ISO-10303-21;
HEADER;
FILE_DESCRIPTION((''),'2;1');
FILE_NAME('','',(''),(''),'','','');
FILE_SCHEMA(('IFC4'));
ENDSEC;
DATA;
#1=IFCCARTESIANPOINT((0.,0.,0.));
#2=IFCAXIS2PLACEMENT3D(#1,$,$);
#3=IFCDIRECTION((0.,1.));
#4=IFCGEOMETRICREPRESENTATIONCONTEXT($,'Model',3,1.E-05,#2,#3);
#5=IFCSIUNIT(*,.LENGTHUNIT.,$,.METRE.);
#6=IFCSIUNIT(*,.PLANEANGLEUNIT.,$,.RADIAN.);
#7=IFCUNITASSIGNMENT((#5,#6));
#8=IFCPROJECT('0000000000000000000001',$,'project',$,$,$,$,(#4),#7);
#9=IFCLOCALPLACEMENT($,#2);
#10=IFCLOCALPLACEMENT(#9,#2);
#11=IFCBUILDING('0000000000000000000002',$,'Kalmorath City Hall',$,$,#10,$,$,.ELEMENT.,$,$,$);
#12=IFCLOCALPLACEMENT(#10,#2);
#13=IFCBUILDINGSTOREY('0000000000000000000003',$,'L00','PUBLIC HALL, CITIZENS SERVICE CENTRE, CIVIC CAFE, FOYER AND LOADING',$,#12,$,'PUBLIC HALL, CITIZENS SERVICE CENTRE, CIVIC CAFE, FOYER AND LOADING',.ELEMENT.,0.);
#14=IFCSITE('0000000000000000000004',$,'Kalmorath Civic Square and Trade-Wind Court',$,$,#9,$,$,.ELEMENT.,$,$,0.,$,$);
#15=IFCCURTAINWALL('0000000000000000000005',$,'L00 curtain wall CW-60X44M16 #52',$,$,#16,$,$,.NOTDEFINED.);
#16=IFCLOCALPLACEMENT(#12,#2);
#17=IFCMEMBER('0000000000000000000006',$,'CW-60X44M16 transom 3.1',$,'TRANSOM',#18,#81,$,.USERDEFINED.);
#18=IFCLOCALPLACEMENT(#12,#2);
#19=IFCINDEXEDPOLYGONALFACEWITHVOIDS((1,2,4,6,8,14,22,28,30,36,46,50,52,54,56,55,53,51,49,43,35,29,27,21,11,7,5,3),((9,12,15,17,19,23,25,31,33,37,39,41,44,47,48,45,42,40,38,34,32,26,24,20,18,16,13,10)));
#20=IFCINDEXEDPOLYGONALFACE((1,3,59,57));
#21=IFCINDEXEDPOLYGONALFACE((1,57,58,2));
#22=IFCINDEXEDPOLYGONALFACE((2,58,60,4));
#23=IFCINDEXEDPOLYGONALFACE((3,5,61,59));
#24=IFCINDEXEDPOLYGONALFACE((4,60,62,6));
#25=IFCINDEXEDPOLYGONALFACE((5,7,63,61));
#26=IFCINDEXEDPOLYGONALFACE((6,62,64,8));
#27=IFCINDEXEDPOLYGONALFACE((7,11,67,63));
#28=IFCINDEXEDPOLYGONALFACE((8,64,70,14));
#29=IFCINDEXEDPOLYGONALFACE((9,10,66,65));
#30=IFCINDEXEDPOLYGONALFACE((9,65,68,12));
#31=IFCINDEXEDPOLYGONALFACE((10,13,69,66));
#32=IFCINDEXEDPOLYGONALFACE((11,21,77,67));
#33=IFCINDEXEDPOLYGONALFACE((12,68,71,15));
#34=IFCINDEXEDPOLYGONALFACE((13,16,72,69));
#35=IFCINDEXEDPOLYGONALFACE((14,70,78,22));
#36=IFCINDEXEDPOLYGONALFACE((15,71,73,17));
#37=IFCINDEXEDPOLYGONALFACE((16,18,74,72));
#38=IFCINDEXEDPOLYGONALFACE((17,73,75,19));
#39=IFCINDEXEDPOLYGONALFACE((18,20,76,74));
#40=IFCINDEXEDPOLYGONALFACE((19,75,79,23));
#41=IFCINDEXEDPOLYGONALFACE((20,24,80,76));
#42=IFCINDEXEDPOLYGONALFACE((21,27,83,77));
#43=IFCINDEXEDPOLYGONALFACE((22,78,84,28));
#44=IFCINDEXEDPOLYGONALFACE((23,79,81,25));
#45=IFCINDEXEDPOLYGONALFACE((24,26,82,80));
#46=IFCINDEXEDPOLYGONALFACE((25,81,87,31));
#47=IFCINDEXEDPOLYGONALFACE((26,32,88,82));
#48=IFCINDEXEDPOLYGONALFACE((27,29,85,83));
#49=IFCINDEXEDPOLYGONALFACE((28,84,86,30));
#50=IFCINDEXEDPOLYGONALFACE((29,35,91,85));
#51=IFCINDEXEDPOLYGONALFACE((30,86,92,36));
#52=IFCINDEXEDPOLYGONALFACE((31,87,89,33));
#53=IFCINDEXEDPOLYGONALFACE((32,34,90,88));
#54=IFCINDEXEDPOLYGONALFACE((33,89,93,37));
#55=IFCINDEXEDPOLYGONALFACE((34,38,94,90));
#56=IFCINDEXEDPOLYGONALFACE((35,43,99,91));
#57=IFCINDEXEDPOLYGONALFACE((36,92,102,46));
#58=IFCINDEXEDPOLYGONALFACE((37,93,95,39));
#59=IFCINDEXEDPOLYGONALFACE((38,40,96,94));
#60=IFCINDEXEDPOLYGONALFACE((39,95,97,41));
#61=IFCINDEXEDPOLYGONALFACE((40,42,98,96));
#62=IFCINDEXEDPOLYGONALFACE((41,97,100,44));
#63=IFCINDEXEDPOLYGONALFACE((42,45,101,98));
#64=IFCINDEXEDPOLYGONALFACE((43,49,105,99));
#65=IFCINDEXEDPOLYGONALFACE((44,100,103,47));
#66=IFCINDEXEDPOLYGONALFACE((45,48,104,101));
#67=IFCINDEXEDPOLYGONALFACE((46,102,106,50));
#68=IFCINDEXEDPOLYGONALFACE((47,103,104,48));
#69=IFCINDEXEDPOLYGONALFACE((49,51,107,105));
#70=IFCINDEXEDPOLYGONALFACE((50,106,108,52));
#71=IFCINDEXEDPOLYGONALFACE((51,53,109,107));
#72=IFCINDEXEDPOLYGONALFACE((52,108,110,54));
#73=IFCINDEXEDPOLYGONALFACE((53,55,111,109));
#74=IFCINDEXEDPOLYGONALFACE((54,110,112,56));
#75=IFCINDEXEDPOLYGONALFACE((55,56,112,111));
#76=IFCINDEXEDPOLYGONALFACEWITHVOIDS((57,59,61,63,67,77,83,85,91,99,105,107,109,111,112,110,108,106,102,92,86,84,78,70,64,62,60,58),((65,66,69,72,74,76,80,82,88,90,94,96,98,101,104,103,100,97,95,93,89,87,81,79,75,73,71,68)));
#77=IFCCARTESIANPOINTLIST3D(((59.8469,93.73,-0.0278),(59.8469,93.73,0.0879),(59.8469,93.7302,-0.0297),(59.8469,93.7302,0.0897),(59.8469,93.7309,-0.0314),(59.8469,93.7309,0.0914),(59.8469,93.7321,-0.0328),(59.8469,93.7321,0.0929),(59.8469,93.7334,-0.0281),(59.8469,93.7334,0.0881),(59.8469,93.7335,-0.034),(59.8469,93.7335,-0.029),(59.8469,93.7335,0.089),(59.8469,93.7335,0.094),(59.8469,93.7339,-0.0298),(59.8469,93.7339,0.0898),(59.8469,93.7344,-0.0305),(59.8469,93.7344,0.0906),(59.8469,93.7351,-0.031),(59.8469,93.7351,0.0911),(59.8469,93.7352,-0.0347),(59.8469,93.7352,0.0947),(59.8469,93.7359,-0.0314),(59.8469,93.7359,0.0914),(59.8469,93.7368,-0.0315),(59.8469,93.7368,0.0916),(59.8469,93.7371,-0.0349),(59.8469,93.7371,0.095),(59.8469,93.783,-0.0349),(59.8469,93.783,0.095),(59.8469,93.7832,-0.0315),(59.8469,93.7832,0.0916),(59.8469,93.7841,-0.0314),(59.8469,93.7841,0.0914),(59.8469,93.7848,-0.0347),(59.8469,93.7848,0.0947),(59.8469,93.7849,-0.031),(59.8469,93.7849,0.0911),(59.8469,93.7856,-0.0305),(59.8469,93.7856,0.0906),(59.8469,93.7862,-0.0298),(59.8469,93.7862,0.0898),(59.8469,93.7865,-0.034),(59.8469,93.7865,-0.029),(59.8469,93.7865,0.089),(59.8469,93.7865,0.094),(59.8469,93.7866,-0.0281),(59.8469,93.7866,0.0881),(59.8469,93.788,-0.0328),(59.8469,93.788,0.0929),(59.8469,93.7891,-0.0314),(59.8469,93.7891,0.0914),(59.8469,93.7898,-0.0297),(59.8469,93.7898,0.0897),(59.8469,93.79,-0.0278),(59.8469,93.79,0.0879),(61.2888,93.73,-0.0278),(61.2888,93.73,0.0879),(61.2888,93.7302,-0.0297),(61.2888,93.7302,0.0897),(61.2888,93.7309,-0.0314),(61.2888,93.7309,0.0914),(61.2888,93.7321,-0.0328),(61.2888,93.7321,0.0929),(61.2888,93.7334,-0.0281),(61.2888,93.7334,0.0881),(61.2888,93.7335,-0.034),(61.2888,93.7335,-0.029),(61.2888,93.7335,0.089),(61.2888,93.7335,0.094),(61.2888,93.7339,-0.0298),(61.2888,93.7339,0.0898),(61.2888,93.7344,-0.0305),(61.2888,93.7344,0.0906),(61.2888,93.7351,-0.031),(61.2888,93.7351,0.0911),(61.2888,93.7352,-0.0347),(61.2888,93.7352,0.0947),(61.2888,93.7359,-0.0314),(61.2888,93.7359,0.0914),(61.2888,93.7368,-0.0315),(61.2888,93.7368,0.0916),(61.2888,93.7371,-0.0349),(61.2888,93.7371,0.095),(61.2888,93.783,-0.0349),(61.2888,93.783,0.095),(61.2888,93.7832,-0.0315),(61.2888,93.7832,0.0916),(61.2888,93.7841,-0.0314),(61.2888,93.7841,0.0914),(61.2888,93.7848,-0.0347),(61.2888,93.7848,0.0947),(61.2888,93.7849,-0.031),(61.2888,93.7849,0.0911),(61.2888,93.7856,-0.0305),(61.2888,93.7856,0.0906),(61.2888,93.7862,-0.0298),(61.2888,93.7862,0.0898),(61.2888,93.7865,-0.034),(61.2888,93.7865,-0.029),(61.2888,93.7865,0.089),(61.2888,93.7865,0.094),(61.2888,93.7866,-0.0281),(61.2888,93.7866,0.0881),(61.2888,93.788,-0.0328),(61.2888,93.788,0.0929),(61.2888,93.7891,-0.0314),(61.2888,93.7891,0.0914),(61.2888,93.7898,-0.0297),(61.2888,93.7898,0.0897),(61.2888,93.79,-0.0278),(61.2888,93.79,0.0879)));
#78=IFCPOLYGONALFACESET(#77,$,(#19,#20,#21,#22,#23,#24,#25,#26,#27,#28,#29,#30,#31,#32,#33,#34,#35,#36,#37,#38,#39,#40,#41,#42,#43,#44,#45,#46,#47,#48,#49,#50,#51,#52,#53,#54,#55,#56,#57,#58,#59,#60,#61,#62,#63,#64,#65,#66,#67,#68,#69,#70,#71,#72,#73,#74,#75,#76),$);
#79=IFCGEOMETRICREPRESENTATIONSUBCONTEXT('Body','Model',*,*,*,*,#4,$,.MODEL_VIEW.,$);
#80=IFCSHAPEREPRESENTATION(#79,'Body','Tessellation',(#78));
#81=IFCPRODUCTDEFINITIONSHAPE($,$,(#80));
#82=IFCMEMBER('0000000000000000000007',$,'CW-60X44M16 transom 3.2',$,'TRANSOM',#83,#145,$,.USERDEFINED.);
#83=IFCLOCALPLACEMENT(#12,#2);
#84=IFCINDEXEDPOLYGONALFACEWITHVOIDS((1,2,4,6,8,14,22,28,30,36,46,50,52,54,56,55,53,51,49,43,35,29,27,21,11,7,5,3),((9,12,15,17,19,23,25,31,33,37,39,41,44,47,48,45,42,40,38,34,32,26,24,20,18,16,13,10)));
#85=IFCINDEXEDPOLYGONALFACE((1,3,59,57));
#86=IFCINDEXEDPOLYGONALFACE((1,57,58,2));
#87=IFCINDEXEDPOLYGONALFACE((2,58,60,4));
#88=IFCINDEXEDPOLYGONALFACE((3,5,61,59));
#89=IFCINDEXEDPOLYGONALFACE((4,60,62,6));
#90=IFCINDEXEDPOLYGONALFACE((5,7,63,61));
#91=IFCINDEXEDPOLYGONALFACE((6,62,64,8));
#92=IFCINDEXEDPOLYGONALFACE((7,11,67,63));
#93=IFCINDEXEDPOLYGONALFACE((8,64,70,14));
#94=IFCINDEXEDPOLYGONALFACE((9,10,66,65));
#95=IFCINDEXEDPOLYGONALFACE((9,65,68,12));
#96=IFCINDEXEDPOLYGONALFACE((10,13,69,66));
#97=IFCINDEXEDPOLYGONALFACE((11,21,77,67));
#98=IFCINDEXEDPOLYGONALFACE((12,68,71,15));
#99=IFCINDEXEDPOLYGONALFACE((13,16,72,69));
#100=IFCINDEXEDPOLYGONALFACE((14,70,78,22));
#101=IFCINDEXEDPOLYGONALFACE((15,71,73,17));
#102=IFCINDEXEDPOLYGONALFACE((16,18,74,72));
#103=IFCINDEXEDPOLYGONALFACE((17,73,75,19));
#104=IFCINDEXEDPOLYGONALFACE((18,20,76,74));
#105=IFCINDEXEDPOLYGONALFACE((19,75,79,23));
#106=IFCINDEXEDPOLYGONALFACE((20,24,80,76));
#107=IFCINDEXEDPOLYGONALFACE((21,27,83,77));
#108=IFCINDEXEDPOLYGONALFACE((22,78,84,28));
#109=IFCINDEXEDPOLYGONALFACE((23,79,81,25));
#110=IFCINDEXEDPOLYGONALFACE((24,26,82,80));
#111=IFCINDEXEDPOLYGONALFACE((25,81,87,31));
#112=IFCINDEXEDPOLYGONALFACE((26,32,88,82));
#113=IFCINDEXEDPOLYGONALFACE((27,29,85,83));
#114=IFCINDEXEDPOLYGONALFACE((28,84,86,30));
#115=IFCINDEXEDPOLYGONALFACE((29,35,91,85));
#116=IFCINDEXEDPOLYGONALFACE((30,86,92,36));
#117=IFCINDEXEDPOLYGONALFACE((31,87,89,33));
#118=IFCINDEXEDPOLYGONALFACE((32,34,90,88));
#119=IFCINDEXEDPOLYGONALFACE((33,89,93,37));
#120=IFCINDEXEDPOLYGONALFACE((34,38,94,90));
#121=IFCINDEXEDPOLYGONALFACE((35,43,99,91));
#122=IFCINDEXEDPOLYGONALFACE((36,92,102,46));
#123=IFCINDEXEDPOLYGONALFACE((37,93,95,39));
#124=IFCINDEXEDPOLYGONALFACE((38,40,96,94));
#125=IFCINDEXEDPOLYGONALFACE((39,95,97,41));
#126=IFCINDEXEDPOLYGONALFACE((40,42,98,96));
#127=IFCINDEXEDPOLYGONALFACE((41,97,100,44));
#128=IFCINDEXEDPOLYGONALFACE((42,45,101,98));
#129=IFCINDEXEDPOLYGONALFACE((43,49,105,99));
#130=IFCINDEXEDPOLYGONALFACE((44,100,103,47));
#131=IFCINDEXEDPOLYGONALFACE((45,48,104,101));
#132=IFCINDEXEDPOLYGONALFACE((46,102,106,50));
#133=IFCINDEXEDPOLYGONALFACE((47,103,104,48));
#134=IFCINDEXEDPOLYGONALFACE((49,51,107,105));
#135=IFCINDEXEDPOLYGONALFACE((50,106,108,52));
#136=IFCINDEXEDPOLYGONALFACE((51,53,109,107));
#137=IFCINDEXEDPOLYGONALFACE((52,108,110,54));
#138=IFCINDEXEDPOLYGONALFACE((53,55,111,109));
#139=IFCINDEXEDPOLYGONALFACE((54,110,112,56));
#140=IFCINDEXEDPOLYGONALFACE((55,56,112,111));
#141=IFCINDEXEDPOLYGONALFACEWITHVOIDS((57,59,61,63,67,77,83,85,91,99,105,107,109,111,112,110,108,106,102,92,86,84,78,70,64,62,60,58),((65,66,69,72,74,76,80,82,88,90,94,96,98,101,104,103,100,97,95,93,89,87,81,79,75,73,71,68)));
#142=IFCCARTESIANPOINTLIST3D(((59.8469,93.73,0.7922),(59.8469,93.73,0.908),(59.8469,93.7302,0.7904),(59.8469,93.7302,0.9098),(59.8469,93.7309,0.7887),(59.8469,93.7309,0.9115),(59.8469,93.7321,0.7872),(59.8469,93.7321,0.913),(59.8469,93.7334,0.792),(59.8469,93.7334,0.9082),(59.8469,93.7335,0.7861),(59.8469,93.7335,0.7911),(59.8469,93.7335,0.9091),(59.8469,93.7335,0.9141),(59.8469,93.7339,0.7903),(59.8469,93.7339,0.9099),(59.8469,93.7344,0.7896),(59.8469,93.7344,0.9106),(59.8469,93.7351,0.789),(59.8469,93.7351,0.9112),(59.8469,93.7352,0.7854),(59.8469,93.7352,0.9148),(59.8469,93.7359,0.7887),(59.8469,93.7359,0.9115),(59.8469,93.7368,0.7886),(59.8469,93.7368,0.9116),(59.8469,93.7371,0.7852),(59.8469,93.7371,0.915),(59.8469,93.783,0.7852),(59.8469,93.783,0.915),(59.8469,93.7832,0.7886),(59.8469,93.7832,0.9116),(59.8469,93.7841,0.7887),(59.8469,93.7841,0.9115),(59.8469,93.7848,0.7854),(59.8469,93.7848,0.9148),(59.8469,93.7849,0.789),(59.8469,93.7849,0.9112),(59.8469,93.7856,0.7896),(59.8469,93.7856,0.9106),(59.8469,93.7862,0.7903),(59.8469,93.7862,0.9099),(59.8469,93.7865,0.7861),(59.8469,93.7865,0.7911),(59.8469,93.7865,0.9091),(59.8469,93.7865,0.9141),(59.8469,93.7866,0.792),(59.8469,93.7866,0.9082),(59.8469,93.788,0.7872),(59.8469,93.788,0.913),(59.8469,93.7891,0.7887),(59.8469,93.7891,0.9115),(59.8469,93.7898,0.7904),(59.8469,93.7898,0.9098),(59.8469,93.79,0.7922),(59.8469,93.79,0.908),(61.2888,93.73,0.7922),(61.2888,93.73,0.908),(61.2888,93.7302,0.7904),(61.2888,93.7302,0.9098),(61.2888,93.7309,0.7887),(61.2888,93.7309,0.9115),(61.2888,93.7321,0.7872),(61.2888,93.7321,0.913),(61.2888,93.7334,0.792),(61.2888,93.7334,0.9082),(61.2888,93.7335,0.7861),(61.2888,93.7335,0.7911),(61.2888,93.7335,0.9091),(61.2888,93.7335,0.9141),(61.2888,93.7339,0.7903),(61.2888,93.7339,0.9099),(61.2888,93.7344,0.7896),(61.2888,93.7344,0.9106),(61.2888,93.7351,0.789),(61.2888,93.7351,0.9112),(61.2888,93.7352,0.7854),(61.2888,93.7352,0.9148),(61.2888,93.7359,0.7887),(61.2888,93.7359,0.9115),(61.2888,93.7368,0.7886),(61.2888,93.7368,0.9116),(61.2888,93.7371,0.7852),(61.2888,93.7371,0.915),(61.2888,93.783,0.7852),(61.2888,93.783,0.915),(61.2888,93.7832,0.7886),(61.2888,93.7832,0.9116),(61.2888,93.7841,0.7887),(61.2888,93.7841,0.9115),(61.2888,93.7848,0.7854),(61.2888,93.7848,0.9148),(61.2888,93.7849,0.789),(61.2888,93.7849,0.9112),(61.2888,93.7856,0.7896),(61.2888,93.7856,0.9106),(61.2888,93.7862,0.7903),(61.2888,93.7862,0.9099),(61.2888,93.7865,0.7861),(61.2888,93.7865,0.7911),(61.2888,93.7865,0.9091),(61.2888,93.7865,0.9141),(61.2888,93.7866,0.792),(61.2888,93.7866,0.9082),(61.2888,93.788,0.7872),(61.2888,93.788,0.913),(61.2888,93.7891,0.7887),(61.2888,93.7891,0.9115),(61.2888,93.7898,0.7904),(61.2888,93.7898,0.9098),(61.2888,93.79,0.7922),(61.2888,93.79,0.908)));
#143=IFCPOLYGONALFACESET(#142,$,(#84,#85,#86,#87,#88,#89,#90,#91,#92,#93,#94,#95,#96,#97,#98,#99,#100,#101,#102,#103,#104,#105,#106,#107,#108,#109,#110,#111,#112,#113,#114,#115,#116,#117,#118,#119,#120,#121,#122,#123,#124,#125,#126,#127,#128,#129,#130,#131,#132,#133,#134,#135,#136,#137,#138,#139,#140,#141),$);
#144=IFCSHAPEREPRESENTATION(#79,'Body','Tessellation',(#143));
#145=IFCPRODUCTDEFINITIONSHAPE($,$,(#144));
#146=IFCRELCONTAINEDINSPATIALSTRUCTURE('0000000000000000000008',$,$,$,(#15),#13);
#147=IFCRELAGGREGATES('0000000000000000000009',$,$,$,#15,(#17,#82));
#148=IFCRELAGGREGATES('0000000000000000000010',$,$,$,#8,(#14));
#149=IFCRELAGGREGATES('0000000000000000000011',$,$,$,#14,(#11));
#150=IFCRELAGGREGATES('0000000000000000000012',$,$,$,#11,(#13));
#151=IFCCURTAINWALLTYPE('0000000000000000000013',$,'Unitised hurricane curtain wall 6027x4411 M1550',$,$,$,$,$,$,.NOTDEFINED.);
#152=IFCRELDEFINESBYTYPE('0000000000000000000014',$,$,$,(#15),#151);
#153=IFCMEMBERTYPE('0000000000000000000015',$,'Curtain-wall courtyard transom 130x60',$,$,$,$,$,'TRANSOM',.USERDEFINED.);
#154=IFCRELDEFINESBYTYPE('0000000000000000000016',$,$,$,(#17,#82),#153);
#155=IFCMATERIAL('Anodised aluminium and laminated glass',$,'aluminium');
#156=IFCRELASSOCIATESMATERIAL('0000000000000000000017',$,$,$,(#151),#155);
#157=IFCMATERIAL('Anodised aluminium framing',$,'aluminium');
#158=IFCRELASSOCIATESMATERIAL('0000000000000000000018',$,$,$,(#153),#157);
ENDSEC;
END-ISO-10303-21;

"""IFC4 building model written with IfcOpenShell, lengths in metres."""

from ifc_helpers import new_model, si_unit, direction, frame, origin, origin_2d, place, context, subcontext, project, spatial, hollow_rectangle, extrude, material, material_profile, profile_set, type_object, element, aggregate, save


model = new_model("IFC4")

# Units and contexts
model_context = context("Model", 3, precision=1e-05, world=origin(), true_north=direction((0.0, 1.0)))
body_context = subcontext(model_context, "Body", "Model", "MODEL_VIEW")
ifc_project = project(units=[si_unit("LENGTHUNIT", "METRE"), si_unit("PLANEANGLEUNIT", "RADIAN")], contexts=[model_context])

# Site, building, storey
site_placement = place(None, origin())
site = spatial("IfcSite", under=ifc_project, at=site_placement, Name="Kalmorath Civic Square and Trade-Wind Court", CompositionType="ELEMENT", RefElevation=0.0)
building_placement = place(site_placement, origin())
building = spatial("IfcBuilding", under=site, at=building_placement, Name="Kalmorath City Hall", CompositionType="ELEMENT")
storey_placement = place(building_placement, origin())
storey = spatial("IfcBuildingStorey", under=building, at=storey_placement, Name="L00", Description="PUBLIC HALL, CITIZENS SERVICE CENTRE, CIVIC CAFE, FOYER AND LOADING", LongName="PUBLIC HALL, CITIZENS SERVICE CENTRE, CIVIC CAFE, FOYER AND LOADING", CompositionType="ELEMENT", Elevation=0.0)

# Curtain wall
ifc_material_1 = material(Name="Anodised aluminium and laminated glass", Category="aluminium")
curtain_wall_type_1 = type_object("IfcCurtainWallType", Name="Unitised hurricane curtain wall 6027x4411 M1550", PredefinedType="NOTDEFINED", material=ifc_material_1)
curtain_wall_1_placement = place(storey_placement, origin())
curtain_wall_1 = element("IfcCurtainWall", 1, at=curtain_wall_1_placement, inside=storey, type_object=curtain_wall_type_1, Name="L00 curtain wall CW-60X44M16 #52", PredefinedType="NOTDEFINED")

# Members
ifc_material_2 = material(Name="Anodised aluminium framing", Category="aluminium")
ifc_material_profile_1 = material_profile(ifc_material_2, hollow_rectangle(XDim=0.0601, YDim=0.1299, WallThickness=0.0034, InnerFilletRadius=0.0034, OuterFilletRadius=0.0071, at=origin_2d()), Name="ALU-TRN-130X60X3.5")
ifc_profile_set_1 = profile_set([ifc_material_profile_1], Name="Anodised aluminium framing")
member_type_1 = type_object("IfcMemberType", Name="Curtain-wall courtyard transom 130x60", ElementType="TRANSOM", PredefinedType="USERDEFINED", material=ifc_profile_set_1)
member_1_placement = place(storey_placement, frame((61.2888, 93.76, 0.03), z_axis=(-1.0, 0.0, 0.0), x_axis=(0.0, -1.0, 0.0)))
member_1 = element("IfcMember", 2, at=member_1_placement, type_object=member_type_1, Name="CW-60X44M16 transom 3.1", ObjectType="TRANSOM", PredefinedType="USERDEFINED", context=body_context, shape_type="SweptSolid", body=[
    extrude(hollow_rectangle(XDim=0.0601, YDim=0.1299, WallThickness=0.0034, InnerFilletRadius=0.0034, OuterFilletRadius=0.0071, at=origin_2d()), origin(), (0.0, 0.0, 1.0), 1.4419),
])
member_2_placement = place(storey_placement, frame((61.2888, 93.76, 0.8501), z_axis=(-1.0, 0.0, 0.0), x_axis=(0.0, -1.0, 0.0)))
member_2 = element("IfcMember", 3, at=member_2_placement, type_object=member_type_1, Name="CW-60X44M16 transom 3.2", ObjectType="TRANSOM", PredefinedType="USERDEFINED", context=body_context, shape_type="SweptSolid", body=[
    extrude(hollow_rectangle(XDim=0.0601, YDim=0.1299, WallThickness=0.0034, InnerFilletRadius=0.0034, OuterFilletRadius=0.0071, at=origin_2d()), origin(), (0.0, 0.0, 1.0), 1.4419),
])

aggregate(curtain_wall_1, [member_1, member_2])

save(model, "model.ifc")
